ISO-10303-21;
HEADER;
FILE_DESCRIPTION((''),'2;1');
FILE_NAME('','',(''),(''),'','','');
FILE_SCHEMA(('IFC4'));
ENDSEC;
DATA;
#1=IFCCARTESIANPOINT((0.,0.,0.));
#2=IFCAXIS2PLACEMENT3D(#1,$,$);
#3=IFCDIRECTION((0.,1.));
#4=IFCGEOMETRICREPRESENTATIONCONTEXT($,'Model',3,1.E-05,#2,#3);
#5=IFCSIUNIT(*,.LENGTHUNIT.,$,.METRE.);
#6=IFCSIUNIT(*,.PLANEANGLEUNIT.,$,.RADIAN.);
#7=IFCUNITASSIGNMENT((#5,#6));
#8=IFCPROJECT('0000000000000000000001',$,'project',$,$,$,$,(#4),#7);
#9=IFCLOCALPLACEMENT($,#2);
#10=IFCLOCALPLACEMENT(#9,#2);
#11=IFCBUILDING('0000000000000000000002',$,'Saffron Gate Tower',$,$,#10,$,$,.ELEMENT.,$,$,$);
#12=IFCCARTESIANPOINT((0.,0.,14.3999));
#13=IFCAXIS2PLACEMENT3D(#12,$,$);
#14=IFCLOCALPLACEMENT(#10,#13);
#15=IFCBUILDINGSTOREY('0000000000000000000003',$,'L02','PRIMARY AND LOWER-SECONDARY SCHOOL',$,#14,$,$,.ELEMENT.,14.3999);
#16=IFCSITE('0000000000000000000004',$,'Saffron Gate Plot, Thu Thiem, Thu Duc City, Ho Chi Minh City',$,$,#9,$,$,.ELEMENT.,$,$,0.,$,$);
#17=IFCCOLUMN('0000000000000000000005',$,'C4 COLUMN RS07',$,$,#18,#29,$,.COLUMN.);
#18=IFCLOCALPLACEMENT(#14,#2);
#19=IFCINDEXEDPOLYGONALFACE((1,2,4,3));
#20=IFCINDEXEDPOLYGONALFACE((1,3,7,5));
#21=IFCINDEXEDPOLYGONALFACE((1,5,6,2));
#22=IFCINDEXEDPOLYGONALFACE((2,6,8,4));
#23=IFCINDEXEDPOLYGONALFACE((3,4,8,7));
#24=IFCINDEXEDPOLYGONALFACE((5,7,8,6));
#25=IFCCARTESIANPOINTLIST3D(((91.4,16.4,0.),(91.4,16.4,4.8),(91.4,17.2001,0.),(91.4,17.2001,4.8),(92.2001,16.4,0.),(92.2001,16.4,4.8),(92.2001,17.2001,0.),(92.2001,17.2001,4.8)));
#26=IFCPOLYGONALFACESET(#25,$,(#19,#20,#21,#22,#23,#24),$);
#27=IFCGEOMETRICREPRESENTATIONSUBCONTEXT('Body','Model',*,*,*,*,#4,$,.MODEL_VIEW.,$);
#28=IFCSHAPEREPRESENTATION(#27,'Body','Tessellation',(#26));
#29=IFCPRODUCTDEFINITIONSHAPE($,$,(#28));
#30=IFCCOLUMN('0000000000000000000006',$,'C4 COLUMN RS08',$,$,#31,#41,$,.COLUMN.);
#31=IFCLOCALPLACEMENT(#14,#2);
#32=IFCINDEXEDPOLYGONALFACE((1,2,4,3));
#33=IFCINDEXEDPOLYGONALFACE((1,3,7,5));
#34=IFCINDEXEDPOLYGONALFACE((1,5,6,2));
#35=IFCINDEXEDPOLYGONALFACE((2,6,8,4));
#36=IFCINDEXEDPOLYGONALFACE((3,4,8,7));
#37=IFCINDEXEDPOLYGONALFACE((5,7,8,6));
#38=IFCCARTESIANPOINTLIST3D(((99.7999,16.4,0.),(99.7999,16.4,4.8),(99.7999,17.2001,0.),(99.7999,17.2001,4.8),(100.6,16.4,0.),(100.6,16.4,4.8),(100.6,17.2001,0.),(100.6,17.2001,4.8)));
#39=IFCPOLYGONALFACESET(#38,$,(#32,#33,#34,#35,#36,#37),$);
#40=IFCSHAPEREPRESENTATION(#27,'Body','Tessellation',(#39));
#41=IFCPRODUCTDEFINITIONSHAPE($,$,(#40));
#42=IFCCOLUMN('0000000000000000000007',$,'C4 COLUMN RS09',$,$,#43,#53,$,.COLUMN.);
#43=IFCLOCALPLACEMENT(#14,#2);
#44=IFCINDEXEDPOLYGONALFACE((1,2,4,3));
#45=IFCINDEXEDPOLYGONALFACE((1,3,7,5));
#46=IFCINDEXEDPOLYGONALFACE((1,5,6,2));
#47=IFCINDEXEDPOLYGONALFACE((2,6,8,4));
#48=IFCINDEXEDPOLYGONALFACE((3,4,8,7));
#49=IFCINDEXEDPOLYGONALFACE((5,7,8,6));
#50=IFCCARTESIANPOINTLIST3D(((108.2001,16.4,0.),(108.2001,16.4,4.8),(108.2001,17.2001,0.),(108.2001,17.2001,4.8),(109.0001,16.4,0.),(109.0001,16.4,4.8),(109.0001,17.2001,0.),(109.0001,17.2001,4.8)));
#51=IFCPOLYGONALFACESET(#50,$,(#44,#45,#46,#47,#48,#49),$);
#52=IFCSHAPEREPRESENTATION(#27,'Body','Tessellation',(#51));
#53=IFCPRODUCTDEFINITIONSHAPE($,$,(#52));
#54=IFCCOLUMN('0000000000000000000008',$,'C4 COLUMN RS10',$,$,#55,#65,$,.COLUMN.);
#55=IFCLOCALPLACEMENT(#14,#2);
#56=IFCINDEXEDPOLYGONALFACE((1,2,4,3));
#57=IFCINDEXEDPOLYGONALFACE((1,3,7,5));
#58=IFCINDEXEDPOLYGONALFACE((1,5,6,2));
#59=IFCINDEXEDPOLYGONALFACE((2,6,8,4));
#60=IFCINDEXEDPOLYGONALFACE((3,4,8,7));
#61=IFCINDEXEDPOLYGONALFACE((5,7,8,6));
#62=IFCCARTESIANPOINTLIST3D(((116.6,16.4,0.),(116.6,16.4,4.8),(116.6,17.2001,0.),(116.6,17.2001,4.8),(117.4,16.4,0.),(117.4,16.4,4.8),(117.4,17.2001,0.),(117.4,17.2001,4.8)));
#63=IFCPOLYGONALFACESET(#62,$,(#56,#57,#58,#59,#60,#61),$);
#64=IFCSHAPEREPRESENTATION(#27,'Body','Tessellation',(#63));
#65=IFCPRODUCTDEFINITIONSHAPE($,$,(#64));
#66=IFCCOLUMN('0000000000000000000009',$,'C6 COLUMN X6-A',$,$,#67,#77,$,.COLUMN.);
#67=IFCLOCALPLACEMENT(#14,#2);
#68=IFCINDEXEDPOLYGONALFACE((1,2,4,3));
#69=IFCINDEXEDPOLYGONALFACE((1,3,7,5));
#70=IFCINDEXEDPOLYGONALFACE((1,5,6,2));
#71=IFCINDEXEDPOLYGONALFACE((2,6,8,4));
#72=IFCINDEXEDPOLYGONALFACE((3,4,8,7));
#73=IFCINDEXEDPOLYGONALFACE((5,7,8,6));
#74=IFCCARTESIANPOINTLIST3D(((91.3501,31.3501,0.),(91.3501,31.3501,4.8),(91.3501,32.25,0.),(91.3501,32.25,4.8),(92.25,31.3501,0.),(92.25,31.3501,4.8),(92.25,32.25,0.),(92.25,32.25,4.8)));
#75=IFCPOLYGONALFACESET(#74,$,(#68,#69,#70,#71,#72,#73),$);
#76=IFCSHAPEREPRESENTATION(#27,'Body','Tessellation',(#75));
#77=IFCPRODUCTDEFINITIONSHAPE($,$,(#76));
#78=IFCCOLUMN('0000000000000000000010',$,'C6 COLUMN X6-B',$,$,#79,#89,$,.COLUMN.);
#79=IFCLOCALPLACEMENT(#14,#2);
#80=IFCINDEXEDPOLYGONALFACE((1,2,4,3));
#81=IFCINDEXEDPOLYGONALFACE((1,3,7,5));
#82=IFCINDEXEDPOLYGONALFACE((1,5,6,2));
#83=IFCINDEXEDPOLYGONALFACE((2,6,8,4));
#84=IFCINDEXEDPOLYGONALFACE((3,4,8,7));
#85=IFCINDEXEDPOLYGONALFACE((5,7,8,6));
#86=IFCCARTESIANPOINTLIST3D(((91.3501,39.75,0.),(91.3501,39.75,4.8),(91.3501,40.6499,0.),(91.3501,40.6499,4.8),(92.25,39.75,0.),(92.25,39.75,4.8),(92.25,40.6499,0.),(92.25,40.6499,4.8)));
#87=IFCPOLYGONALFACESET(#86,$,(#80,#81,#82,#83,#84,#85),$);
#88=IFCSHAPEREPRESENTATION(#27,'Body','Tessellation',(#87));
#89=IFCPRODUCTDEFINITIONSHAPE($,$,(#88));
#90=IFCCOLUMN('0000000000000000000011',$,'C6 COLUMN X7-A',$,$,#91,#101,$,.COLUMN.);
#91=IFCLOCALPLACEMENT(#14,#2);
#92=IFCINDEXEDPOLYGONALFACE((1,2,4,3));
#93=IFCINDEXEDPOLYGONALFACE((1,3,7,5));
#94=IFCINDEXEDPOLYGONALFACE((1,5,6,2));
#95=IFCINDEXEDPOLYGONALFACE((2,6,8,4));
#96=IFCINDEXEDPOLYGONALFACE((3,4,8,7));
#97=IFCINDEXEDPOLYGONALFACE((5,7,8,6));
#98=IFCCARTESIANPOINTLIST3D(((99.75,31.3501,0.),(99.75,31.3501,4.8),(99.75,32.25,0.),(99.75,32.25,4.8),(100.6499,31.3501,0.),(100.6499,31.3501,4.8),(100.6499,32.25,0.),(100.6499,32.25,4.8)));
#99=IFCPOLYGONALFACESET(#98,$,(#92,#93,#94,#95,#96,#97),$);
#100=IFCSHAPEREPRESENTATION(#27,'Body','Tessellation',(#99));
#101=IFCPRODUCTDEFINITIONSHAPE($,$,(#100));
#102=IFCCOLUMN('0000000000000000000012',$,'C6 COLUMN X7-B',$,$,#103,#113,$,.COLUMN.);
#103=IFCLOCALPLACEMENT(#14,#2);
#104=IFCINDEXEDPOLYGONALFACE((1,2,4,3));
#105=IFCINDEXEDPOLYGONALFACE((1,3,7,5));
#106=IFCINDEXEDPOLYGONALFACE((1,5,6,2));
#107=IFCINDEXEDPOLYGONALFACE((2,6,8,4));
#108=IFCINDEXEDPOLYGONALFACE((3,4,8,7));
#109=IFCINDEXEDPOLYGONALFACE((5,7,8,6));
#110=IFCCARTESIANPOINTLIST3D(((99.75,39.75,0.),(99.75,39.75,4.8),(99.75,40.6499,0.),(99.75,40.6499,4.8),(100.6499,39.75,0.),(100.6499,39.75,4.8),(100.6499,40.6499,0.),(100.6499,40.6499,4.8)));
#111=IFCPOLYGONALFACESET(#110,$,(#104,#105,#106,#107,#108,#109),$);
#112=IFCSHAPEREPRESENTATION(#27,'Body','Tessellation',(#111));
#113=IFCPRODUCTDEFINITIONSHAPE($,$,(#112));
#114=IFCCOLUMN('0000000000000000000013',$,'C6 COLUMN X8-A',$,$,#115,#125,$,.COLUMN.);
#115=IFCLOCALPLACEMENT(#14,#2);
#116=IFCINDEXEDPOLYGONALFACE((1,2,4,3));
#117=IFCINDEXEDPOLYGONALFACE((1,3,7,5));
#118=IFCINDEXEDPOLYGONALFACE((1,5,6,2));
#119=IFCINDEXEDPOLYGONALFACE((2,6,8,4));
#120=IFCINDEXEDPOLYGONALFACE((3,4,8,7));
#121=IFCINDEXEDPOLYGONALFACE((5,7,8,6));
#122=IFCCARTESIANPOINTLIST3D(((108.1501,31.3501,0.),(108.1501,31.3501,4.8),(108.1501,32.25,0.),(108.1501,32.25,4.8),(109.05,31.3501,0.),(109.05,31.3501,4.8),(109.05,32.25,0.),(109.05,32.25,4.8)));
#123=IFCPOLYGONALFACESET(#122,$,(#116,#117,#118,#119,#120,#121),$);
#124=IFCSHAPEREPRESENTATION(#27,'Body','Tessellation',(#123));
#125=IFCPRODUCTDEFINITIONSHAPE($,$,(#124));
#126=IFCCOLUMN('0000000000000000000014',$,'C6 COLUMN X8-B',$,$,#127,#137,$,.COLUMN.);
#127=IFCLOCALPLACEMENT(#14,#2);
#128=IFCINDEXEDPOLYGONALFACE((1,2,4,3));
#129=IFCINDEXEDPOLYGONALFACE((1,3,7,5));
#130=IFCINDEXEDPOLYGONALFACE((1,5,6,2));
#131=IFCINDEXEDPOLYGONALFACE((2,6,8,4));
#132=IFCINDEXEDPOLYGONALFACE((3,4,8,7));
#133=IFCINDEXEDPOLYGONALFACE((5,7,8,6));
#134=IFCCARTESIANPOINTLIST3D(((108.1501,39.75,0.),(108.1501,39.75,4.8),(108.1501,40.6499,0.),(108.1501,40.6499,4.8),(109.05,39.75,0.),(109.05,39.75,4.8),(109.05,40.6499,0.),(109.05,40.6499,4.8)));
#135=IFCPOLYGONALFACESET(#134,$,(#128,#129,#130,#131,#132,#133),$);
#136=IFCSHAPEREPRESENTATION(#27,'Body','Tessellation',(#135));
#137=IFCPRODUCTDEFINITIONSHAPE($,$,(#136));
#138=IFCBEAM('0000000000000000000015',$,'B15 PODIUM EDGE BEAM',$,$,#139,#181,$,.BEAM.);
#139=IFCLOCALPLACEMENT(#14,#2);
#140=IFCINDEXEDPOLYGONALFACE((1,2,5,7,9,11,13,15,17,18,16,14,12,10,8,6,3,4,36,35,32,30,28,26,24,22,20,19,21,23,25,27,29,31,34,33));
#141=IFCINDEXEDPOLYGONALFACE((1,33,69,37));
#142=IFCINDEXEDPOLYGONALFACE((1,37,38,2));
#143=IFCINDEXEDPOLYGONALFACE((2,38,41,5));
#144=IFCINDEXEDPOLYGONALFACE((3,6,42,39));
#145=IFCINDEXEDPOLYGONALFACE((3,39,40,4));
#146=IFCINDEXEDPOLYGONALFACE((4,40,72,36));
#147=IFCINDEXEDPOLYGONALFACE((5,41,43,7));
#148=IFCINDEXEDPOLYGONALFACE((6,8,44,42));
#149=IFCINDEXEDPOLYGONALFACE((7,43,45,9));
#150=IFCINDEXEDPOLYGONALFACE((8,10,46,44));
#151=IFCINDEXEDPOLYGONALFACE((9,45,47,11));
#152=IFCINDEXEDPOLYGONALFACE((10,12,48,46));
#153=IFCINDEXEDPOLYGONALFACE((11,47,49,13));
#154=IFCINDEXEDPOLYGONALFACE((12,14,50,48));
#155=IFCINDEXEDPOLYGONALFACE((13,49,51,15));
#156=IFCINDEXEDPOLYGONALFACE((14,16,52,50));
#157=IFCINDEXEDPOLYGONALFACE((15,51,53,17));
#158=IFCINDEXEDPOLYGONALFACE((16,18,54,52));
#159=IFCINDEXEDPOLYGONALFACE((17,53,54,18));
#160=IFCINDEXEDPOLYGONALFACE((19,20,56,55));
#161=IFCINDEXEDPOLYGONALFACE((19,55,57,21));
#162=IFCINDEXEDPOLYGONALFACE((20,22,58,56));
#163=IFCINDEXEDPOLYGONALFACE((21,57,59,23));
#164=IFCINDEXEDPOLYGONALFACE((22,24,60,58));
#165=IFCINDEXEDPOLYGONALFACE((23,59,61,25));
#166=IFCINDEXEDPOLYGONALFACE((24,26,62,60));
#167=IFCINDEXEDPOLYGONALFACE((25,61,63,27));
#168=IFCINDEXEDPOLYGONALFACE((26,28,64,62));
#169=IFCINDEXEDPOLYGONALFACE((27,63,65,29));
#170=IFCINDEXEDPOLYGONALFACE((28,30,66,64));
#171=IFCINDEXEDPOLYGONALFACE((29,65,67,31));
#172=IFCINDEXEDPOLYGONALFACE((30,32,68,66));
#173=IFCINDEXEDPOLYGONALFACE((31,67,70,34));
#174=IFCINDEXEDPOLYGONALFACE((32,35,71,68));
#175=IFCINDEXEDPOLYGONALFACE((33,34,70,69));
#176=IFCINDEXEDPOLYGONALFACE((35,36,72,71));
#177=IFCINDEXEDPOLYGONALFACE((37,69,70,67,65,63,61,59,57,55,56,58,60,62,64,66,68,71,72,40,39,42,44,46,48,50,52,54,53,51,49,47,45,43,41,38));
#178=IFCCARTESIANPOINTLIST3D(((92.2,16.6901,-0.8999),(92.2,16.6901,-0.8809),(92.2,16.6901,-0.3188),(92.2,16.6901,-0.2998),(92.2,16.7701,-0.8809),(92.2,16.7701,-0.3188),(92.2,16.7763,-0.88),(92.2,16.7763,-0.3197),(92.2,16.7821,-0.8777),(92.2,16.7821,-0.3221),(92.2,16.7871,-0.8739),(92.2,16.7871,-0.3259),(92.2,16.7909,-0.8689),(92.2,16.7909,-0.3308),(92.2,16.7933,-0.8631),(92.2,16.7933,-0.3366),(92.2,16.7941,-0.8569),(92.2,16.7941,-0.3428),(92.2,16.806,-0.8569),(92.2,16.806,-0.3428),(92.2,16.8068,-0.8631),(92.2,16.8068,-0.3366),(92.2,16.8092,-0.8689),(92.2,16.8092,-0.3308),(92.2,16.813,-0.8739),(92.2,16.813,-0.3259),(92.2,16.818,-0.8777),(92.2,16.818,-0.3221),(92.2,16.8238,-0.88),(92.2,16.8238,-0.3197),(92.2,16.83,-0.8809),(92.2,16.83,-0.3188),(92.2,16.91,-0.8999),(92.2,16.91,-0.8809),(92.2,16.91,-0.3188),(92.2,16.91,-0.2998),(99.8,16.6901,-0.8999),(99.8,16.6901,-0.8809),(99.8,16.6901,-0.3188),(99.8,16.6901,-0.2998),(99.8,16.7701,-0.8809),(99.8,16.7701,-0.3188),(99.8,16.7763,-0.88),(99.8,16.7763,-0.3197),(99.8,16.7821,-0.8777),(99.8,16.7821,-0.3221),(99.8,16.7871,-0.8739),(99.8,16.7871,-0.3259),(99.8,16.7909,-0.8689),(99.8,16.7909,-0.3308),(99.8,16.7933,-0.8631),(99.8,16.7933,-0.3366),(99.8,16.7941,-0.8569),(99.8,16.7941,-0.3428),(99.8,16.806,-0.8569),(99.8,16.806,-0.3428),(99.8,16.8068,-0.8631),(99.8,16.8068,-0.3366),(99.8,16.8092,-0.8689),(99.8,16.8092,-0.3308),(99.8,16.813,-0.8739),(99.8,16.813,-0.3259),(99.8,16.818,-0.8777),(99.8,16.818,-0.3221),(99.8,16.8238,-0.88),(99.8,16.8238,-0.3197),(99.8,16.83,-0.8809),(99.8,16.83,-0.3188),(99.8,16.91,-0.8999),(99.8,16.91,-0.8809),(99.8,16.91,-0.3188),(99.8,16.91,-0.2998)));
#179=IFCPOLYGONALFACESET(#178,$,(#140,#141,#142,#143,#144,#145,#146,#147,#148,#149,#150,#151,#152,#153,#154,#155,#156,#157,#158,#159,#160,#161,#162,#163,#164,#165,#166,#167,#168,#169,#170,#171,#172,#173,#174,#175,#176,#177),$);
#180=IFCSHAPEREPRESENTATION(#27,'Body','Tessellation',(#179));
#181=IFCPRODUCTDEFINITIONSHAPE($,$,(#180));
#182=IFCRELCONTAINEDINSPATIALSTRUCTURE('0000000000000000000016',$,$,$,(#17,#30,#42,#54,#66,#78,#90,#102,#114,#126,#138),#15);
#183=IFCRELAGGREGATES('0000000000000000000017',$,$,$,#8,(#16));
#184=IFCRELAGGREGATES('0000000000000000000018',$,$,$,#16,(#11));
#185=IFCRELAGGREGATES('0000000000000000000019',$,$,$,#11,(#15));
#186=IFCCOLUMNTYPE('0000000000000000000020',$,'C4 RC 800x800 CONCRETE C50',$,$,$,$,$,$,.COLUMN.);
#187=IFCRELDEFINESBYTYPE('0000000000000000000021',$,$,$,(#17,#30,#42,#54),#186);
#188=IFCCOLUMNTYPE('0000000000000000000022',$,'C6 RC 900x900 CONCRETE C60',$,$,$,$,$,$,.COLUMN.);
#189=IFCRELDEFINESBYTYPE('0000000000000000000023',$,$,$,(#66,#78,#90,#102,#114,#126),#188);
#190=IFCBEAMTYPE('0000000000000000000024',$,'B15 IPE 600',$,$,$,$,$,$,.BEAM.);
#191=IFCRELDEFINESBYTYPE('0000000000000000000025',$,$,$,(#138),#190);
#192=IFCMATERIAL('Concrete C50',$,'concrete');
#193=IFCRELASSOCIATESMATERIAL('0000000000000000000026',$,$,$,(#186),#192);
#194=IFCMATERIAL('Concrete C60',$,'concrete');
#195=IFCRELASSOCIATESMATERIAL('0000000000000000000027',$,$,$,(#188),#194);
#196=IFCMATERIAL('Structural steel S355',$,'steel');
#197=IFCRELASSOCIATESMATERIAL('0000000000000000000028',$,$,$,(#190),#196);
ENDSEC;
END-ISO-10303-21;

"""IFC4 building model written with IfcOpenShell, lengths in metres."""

from ifc_helpers import new_model, si_unit, direction, frame, origin, origin_2d, place, context, subcontext, project, spatial, rectangle, i_section, extrude, material, material_profile, profile_set, type_object, element, save


model = new_model("IFC4")

# Units and contexts
model_context = context("Model", 3, precision=1e-05, world=origin(), true_north=direction((0.0, 1.0)))
body_context = subcontext(model_context, "Body", "Model", "MODEL_VIEW")
ifc_project = project(units=[si_unit("LENGTHUNIT", "METRE"), si_unit("PLANEANGLEUNIT", "RADIAN")], contexts=[model_context])

# Site, building, storey
site_placement = place(None, origin())
site = spatial("IfcSite", under=ifc_project, at=site_placement, Name="Saffron Gate Plot, Thu Thiem, Thu Duc City, Ho Chi Minh City", CompositionType="ELEMENT", RefElevation=0.0)
building_placement = place(site_placement, origin())
building = spatial("IfcBuilding", under=site, at=building_placement, Name="Saffron Gate Tower", CompositionType="ELEMENT")
storey_placement = place(building_placement, frame((0.0, 0.0, 14.3999)))
storey = spatial("IfcBuildingStorey", under=building, at=storey_placement, Name="L02", Description="PRIMARY AND LOWER-SECONDARY SCHOOL", CompositionType="ELEMENT", Elevation=14.3999)

# Columns
ifc_material_1 = material(Name="Concrete C50", Category="concrete")
ifc_material_profile_1 = material_profile(ifc_material_1, rectangle(XDim=0.8, YDim=0.8, at=origin_2d()))
ifc_profile_set_1 = profile_set([ifc_material_profile_1], Name="Concrete C50")
column_type_1 = type_object("IfcColumnType", Name="C4 RC 800x800 CONCRETE C50", PredefinedType="COLUMN", material=ifc_profile_set_1)
for number, where, z_axis, x_axis, name in (
    (1, (91.8, 16.8, 0.0), (0.0, 0.0, 1.0), (1.0, 0.0, 0.0), "C4 COLUMN RS07"),
    (2, (100.2, 16.8, 0.0), (0.0, 0.0, 1.0), (1.0, 0.0, 0.0), "C4 COLUMN RS08"),
    (3, (108.6001, 16.8, 0.0), (0.0, 0.0, 1.0), (1.0, 0.0, 0.0), "C4 COLUMN RS09"),
    (4, (117.0, 16.8, 0.0), (0.0, 0.0, 1.0), (1.0, 0.0, 0.0), "C4 COLUMN RS10"),
):
    element("IfcColumn", number, at=place(storey_placement, frame(where, z_axis=z_axis, x_axis=x_axis)), inside=storey, type_object=column_type_1, Name=name, PredefinedType="COLUMN", context=body_context, shape_type="SweptSolid", body=[
        extrude(rectangle(XDim=0.8, YDim=0.8, at=origin_2d()), origin(), (0.0, 0.0, 1.0), 4.8),
    ])
ifc_material_2 = material(Name="Concrete C60", Category="concrete")
ifc_material_profile_2 = material_profile(ifc_material_2, rectangle(XDim=0.8999, YDim=0.8999, at=origin_2d()))
ifc_profile_set_2 = profile_set([ifc_material_profile_2], Name="Concrete C60")
column_type_2 = type_object("IfcColumnType", Name="C6 RC 900x900 CONCRETE C60", PredefinedType="COLUMN", material=ifc_profile_set_2)
for number, where, z_axis, x_axis, name in (
    (5, (91.8, 31.8, 0.0), (0.0, 0.0, 1.0), (1.0, 0.0, 0.0), "C6 COLUMN X6-A"),
    (6, (91.8, 40.2, 0.0), (0.0, 0.0, 1.0), (1.0, 0.0, 0.0), "C6 COLUMN X6-B"),
    (7, (100.2, 31.8, 0.0), (0.0, 0.0, 1.0), (1.0, 0.0, 0.0), "C6 COLUMN X7-A"),
    (8, (100.2, 40.2, 0.0), (0.0, 0.0, 1.0), (1.0, 0.0, 0.0), "C6 COLUMN X7-B"),
    (9, (108.6001, 31.8, 0.0), (0.0, 0.0, 1.0), (1.0, 0.0, 0.0), "C6 COLUMN X8-A"),
    (10, (108.6001, 40.2, 0.0), (0.0, 0.0, 1.0), (1.0, 0.0, 0.0), "C6 COLUMN X8-B"),
):
    element("IfcColumn", number, at=place(storey_placement, frame(where, z_axis=z_axis, x_axis=x_axis)), inside=storey, type_object=column_type_2, Name=name, PredefinedType="COLUMN", context=body_context, shape_type="SweptSolid", body=[
        extrude(rectangle(XDim=0.8999, YDim=0.8999, at=origin_2d()), origin(), (0.0, 0.0, 1.0), 4.8),
    ])

# Beam
ifc_material_3 = material(Name="Structural steel S355", Category="steel")
ifc_material_profile_3 = material_profile(ifc_material_3, i_section(OverallWidth=0.22, OverallDepth=0.6001, WebThickness=0.012, FlangeThickness=0.019, FilletRadius=0.0239, at=origin_2d()))
ifc_profile_set_3 = profile_set([ifc_material_profile_3], Name="Structural steel S355")
beam_type_1 = type_object("IfcBeamType", Name="B15 IPE 600", PredefinedType="BEAM", material=ifc_profile_set_3)
beam_1_placement = place(storey_placement, frame((92.2, 16.8, -0.5999), z_axis=(1.0, 0.0, 0.0), x_axis=(0.0, 1.0, 0.0)))
element("IfcBeam", 11, at=beam_1_placement, inside=storey, type_object=beam_type_1, Name="B15 PODIUM EDGE BEAM", PredefinedType="BEAM", context=body_context, shape_type="SweptSolid", body=[
    extrude(i_section(OverallWidth=0.22, OverallDepth=0.6001, WebThickness=0.012, FlangeThickness=0.019, FilletRadius=0.0239, at=origin_2d()), origin(), (0.0, 0.0, 1.0), 7.6001),
])

save(model, "model.ifc")
